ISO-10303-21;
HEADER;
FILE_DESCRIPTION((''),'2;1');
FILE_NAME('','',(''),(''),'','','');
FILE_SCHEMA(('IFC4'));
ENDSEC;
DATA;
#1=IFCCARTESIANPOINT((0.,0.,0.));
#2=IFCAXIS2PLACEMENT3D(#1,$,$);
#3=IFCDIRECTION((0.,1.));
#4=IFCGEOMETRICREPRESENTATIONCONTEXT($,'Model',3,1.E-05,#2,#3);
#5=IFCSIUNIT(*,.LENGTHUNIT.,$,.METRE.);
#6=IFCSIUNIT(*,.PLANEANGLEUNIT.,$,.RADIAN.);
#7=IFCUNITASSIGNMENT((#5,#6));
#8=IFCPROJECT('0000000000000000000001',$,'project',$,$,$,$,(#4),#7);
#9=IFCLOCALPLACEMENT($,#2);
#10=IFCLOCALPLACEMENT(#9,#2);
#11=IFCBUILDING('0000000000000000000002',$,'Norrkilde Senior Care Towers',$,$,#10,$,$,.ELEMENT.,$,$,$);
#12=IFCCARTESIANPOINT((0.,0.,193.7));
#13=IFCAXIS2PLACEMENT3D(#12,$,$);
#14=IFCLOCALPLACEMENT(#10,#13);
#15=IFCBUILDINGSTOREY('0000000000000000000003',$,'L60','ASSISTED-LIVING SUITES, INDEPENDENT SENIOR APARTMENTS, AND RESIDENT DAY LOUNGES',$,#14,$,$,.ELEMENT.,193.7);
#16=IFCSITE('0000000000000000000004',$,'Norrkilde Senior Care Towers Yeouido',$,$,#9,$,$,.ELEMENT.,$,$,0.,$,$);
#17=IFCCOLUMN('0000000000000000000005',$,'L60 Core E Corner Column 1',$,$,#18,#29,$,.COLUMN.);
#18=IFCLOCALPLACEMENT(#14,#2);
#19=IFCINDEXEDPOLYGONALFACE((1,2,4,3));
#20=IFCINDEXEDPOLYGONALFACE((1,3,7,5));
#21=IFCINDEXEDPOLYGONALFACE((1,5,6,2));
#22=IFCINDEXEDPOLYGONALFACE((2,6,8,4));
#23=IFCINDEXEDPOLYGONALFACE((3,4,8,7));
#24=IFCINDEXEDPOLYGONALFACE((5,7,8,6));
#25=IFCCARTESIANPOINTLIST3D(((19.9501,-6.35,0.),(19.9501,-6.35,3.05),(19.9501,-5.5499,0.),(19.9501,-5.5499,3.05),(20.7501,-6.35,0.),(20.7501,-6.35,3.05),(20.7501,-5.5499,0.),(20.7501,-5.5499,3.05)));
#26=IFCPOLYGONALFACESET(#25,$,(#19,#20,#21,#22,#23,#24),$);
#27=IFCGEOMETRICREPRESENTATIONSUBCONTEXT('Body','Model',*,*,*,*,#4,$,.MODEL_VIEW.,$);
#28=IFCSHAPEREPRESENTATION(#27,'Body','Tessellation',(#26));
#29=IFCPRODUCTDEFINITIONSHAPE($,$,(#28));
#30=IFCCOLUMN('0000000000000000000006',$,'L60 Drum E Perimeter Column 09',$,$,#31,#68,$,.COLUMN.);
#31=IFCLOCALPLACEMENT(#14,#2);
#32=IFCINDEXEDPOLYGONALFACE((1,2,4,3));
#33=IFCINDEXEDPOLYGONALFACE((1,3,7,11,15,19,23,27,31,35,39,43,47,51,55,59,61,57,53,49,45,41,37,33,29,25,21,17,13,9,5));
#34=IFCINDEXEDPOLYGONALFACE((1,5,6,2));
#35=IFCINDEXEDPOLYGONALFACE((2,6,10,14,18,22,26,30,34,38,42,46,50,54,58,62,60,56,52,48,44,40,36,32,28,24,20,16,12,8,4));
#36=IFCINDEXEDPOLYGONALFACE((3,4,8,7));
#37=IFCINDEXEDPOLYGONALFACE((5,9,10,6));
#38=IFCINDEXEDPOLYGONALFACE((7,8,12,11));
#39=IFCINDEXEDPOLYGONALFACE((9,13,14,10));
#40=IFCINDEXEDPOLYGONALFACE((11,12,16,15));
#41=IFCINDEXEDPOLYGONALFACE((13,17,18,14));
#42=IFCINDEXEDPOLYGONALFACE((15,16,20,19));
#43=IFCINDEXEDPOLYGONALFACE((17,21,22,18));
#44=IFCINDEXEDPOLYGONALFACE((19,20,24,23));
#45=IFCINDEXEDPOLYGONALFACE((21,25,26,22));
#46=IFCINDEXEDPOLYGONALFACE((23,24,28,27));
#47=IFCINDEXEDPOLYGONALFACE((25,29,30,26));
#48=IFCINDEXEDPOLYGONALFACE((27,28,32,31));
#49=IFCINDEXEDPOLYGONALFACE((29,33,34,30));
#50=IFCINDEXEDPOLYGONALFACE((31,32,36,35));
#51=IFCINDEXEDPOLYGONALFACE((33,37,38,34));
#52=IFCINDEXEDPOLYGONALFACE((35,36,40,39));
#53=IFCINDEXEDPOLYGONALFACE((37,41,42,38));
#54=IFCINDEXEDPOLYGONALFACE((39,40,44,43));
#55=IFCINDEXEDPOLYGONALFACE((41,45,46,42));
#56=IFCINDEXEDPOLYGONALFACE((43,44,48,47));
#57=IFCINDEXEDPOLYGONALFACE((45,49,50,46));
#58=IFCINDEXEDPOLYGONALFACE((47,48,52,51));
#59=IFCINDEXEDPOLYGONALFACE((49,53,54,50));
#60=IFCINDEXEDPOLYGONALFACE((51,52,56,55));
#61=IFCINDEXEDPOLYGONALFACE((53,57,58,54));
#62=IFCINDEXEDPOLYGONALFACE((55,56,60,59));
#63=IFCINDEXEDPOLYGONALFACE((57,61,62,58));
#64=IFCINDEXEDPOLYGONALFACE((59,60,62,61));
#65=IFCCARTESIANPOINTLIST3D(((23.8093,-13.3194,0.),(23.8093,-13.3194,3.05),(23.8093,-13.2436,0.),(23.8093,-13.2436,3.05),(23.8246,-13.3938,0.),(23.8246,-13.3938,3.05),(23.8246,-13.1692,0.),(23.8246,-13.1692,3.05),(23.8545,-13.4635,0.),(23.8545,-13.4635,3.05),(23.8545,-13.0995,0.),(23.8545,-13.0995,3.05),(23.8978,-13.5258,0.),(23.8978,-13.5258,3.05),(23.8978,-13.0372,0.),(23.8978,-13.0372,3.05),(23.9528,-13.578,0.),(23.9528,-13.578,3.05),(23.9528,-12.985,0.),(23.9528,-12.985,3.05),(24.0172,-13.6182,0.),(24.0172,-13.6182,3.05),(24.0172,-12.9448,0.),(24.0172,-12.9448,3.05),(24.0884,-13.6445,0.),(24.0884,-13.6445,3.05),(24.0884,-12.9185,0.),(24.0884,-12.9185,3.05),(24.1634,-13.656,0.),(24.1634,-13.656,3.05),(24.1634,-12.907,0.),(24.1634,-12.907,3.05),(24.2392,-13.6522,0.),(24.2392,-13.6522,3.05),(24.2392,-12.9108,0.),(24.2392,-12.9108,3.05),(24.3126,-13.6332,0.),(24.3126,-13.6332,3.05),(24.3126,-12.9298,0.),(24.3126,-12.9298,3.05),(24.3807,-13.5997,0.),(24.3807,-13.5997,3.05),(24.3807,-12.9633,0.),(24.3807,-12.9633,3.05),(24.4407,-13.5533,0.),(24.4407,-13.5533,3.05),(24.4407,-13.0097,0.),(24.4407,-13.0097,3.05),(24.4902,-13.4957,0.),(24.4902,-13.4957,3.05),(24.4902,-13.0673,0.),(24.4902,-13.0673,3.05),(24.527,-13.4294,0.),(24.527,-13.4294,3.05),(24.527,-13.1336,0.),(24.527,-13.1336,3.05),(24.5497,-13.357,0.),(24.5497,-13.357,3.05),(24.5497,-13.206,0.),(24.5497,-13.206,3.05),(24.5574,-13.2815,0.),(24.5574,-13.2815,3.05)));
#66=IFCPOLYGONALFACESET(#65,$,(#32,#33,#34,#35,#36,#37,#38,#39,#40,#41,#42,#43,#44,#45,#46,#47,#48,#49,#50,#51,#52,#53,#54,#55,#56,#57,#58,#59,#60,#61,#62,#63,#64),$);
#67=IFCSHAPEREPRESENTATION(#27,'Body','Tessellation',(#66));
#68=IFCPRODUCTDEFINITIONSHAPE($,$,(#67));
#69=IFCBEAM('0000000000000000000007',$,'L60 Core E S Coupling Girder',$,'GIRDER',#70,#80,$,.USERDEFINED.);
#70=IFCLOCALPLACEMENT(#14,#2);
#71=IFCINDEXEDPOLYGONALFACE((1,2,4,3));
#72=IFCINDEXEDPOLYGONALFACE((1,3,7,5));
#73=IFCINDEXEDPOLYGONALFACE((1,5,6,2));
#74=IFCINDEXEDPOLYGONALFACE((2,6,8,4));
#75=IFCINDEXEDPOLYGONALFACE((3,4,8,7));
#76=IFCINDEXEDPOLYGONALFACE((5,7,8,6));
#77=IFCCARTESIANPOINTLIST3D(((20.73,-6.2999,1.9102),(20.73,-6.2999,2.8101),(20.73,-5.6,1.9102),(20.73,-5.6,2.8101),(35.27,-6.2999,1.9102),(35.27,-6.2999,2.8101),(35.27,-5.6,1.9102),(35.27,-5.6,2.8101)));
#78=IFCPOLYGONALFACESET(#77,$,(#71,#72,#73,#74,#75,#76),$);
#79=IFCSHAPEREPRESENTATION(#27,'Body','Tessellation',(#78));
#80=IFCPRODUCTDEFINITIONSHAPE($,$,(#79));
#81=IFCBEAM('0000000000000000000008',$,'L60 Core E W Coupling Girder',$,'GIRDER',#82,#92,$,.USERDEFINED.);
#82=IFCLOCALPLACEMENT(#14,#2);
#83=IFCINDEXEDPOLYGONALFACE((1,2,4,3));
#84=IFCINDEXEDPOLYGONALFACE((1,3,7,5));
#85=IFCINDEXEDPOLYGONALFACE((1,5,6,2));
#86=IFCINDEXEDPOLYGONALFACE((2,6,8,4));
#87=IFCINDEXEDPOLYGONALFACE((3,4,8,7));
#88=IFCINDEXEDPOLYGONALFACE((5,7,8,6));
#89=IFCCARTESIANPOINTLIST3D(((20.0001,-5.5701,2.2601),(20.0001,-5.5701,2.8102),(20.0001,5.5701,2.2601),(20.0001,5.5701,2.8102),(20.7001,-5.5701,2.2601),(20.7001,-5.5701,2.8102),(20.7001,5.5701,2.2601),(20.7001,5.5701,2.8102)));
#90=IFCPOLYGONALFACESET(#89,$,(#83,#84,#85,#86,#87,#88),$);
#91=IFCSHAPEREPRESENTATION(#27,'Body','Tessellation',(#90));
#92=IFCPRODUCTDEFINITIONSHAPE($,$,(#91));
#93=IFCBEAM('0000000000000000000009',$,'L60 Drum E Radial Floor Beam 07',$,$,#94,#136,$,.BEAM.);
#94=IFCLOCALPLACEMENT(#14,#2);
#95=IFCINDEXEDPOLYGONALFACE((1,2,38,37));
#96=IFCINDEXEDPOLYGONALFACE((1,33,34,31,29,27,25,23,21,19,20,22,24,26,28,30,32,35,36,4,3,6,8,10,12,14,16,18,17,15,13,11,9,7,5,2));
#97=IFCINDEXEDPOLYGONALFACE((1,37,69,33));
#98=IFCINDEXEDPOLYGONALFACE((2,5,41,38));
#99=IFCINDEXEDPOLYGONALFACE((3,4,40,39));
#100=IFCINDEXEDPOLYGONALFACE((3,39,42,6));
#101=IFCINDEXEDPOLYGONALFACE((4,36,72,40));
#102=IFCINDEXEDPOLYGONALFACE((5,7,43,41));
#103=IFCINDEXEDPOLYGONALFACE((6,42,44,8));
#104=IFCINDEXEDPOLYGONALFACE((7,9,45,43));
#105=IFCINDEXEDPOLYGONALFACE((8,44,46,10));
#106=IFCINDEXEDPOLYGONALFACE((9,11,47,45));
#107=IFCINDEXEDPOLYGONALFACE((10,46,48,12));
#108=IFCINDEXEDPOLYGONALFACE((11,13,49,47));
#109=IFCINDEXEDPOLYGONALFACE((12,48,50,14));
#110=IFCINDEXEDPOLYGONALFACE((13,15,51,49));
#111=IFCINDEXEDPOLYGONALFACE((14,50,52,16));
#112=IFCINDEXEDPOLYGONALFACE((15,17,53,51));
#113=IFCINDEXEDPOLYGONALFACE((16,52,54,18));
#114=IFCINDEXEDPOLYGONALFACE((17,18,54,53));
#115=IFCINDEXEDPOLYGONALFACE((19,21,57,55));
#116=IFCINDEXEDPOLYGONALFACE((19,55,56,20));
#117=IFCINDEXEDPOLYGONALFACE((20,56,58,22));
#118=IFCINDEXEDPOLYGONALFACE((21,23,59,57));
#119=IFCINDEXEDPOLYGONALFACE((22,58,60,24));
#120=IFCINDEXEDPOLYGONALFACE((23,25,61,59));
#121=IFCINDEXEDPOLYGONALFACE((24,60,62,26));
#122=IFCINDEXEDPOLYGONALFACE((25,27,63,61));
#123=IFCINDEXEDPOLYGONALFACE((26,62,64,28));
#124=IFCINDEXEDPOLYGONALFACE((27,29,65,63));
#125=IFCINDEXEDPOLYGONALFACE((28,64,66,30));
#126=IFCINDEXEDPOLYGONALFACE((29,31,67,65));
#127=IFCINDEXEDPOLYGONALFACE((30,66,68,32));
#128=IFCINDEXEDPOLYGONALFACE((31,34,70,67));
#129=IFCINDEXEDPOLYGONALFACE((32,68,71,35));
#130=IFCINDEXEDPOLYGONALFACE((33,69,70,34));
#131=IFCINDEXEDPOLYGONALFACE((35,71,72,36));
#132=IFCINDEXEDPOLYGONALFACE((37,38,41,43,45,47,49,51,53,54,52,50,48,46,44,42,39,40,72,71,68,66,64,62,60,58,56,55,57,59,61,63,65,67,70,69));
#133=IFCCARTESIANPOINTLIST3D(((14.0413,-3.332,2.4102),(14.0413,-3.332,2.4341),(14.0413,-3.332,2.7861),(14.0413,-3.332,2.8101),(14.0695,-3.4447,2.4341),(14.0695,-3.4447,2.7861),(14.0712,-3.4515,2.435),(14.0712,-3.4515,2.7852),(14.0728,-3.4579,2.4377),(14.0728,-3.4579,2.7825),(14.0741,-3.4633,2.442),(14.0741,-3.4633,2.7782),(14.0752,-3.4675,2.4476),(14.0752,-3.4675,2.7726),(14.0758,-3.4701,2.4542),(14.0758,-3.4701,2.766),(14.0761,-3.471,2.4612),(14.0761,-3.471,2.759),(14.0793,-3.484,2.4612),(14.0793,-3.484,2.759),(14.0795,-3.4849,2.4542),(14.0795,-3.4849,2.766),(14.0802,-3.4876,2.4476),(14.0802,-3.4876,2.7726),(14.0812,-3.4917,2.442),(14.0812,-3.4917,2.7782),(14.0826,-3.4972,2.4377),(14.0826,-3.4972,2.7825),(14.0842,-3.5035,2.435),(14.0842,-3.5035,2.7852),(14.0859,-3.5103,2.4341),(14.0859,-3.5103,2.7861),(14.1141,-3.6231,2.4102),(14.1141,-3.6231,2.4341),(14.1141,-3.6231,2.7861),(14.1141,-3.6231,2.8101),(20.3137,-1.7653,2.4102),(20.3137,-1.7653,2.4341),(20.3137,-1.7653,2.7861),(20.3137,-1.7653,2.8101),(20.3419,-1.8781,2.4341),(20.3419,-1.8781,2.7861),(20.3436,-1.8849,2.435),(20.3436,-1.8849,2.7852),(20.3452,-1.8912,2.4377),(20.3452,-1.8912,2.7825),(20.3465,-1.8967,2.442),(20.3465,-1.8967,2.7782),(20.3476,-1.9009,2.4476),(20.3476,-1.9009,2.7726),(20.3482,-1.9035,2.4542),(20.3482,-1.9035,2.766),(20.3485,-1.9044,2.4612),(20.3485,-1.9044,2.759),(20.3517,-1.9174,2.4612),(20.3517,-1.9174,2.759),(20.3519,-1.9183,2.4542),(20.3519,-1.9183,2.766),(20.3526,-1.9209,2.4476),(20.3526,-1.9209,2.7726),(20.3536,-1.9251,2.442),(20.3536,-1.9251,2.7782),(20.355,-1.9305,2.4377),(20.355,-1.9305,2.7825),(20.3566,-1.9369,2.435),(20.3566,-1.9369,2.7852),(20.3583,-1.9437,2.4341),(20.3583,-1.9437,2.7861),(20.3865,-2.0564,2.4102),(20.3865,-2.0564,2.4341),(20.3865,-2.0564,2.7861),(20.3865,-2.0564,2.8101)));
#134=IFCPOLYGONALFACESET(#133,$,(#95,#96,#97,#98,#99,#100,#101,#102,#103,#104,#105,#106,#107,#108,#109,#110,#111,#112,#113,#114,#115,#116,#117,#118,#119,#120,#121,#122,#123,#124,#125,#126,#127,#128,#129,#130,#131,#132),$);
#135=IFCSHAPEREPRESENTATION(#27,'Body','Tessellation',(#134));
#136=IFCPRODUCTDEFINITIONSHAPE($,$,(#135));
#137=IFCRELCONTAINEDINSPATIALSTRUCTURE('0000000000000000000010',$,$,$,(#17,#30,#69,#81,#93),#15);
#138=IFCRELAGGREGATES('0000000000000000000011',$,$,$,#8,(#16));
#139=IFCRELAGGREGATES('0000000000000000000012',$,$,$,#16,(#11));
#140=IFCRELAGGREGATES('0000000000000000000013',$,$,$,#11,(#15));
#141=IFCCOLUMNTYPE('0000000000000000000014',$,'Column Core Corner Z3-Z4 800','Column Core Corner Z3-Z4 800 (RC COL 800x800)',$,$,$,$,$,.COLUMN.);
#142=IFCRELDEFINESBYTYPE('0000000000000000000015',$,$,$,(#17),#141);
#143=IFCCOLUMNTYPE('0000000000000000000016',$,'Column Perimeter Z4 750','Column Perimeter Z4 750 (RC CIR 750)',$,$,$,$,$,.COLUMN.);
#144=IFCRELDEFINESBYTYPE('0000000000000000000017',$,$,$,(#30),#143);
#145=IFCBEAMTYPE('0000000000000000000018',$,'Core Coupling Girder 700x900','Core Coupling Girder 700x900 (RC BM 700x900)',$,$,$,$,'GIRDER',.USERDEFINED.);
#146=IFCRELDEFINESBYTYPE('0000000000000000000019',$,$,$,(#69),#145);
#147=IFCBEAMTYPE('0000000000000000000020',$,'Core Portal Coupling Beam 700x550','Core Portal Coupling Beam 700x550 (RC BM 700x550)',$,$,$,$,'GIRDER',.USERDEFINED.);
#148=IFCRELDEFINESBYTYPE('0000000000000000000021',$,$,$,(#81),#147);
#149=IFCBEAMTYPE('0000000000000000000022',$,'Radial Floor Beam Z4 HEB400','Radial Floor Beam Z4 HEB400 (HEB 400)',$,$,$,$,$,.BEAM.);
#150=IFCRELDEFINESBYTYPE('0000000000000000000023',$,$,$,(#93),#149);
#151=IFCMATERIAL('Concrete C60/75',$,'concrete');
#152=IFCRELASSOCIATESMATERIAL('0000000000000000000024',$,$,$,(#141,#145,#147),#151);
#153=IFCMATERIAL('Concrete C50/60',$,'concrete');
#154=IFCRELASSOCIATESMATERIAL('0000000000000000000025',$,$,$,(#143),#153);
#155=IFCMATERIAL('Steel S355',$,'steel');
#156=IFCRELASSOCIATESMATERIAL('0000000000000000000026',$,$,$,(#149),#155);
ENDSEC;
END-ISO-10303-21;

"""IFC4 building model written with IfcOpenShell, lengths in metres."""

from ifc_helpers import new_model, si_unit, direction, frame, origin, origin_2d, place, context, subcontext, project, spatial, rectangle, circle, i_section, extrude, source, transform, mapped, material, material_profile, profile_set, type_object, type_shapes, element, save


model = new_model("IFC4")

# Units and contexts
model_context = context("Model", 3, precision=1e-05, world=origin(), true_north=direction((0.0, 1.0)))
body_context = subcontext(model_context, "Body", "Model", "MODEL_VIEW")
ifc_project = project(units=[si_unit("LENGTHUNIT", "METRE"), si_unit("PLANEANGLEUNIT", "RADIAN")], contexts=[model_context])

# Site, building, storey
site_placement = place(None, origin())
site = spatial("IfcSite", under=ifc_project, at=site_placement, Name="Norrkilde Senior Care Towers Yeouido", CompositionType="ELEMENT", RefElevation=0.0)
building_placement = place(site_placement, origin())
building = spatial("IfcBuilding", under=site, at=building_placement, Name="Norrkilde Senior Care Towers", CompositionType="ELEMENT")
storey_placement = place(building_placement, frame((0.0, 0.0, 193.7)))
storey = spatial("IfcBuildingStorey", under=building, at=storey_placement, Name="L60", Description="ASSISTED-LIVING SUITES, INDEPENDENT SENIOR APARTMENTS, AND RESIDENT DAY LOUNGES", CompositionType="ELEMENT", Elevation=193.7)

# Columns
ifc_material_1 = material(Name="Concrete C60/75", Category="concrete")
ifc_material_profile_1 = material_profile(ifc_material_1, rectangle(XDim=0.8, YDim=0.8, at=origin_2d()), Name="RC COL 800x800")
ifc_profile_set_1 = profile_set([ifc_material_profile_1], Name="Concrete C60/75")
column_type_1 = type_object("IfcColumnType", Name="Column Core Corner Z3-Z4 800", Description="Column Core Corner Z3-Z4 800 (RC COL 800x800)", PredefinedType="COLUMN", material=ifc_profile_set_1)
shared_shape_1 = source(origin(), body_context, "Body", "SweptSolid", [
    extrude(rectangle(XDim=0.8, YDim=0.8, at=origin_2d()), origin(), (0.0, 0.0, 1.0), 3.05),
])
type_shapes(column_type_1, [shared_shape_1])
column_1_placement = place(storey_placement, frame((20.3501, -5.95, 0.0), z_axis=(0.0, 0.0, 1.0), x_axis=(1.0, 0.0, 0.0)))
element("IfcColumn", 1, at=column_1_placement, inside=storey, type_object=column_type_1, Name="L60 Core E Corner Column 1", PredefinedType="COLUMN", context=body_context, shape_type="MappedRepresentation", body=[
    mapped(shared_shape_1, transform((0.0, 0.0, 0.0), x_axis=(1.0, 0.0, 0.0), y_axis=(0.0, 1.0, 0.0), z_axis=(0.0, 0.0, 1.0), scale=1.0)),
])
ifc_material_2 = material(Name="Concrete C50/60", Category="concrete")
ifc_material_profile_2 = material_profile(ifc_material_2, circle(Radius=0.375, at=origin_2d()), Name="RC CIR 750")
ifc_profile_set_2 = profile_set([ifc_material_profile_2], Name="Concrete C50/60")
column_type_2 = type_object("IfcColumnType", Name="Column Perimeter Z4 750", Description="Column Perimeter Z4 750 (RC CIR 750)", PredefinedType="COLUMN", material=ifc_profile_set_2)
shared_shape_2 = source(origin(), body_context, "Body", "SweptSolid", [
    extrude(circle(Radius=0.375, at=origin_2d()), origin(), (0.0, 0.0, 1.0), 3.05),
])
type_shapes(column_type_2, [shared_shape_2])
column_2_placement = place(storey_placement, frame((24.1824, -13.2815, 0.0), z_axis=(0.0, 0.0, 1.0), x_axis=(1.0, 0.0, 0.0)))
element("IfcColumn", 2, at=column_2_placement, inside=storey, type_object=column_type_2, Name="L60 Drum E Perimeter Column 09", PredefinedType="COLUMN", context=body_context, shape_type="MappedRepresentation", body=[
    mapped(shared_shape_2, transform((0.0, 0.0, 0.0), x_axis=(1.0, 0.0, 0.0), y_axis=(0.0, 1.0, 0.0), z_axis=(0.0, 0.0, 1.0), scale=1.0)),
])

# Beams
ifc_material_profile_3 = material_profile(ifc_material_1, rectangle(XDim=0.7, YDim=0.8999, at=origin_2d()), Name="RC BM 700x900")
ifc_profile_set_3 = profile_set([ifc_material_profile_3], Name="Concrete C60/75")
beam_type_1 = type_object("IfcBeamType", Name="Core Coupling Girder 700x900", Description="Core Coupling Girder 700x900 (RC BM 700x900)", ElementType="GIRDER", PredefinedType="USERDEFINED", material=ifc_profile_set_3)
shared_shape_3 = source(origin(), body_context, "Body", "SweptSolid", [
    extrude(rectangle(XDim=0.7, YDim=0.8999, at=origin_2d()), origin(), (0.0, 0.0, 1.0), 14.54),
])
type_shapes(beam_type_1, [shared_shape_3])
beam_1_placement = place(storey_placement, frame((20.73, -5.95, 2.3601), z_axis=(1.0, 0.0, 0.0), x_axis=(0.0, 1.0, 0.0)))
element("IfcBeam", 3, at=beam_1_placement, inside=storey, type_object=beam_type_1, Name="L60 Core E S Coupling Girder", ObjectType="GIRDER", PredefinedType="USERDEFINED", context=body_context, shape_type="MappedRepresentation", body=[
    mapped(shared_shape_3, transform((0.0, 0.0, 0.0), x_axis=(1.0, 0.0, 0.0), y_axis=(0.0, 1.0, 0.0), z_axis=(0.0, 0.0, 1.0), scale=1.0)),
])
ifc_material_profile_4 = material_profile(ifc_material_1, rectangle(XDim=0.7, YDim=0.55, at=origin_2d()), Name="RC BM 700x550")
ifc_profile_set_4 = profile_set([ifc_material_profile_4], Name="Concrete C60/75")
beam_type_2 = type_object("IfcBeamType", Name="Core Portal Coupling Beam 700x550", Description="Core Portal Coupling Beam 700x550 (RC BM 700x550)", ElementType="GIRDER", PredefinedType="USERDEFINED", material=ifc_profile_set_4)
shared_shape_4 = source(origin(), body_context, "Body", "SweptSolid", [
    extrude(rectangle(XDim=0.7, YDim=0.55, at=origin_2d()), origin(), (0.0, 0.0, 1.0), 11.1401),
])
type_shapes(beam_type_2, [shared_shape_4])
beam_2_placement = place(storey_placement, frame((20.3501, -5.5701, 2.5352), z_axis=(0.0, 1.0, 0.0), x_axis=(-1.0, 0.0, 0.0)))
element("IfcBeam", 4, at=beam_2_placement, inside=storey, type_object=beam_type_2, Name="L60 Core E W Coupling Girder", ObjectType="GIRDER", PredefinedType="USERDEFINED", context=body_context, shape_type="MappedRepresentation", body=[
    mapped(shared_shape_4, transform((0.0, 0.0, 0.0), x_axis=(1.0, 0.0, 0.0), y_axis=(0.0, 1.0, 0.0), z_axis=(0.0, 0.0, 1.0), scale=1.0)),
])
ifc_material_3 = material(Name="Steel S355", Category="steel")
ifc_material_profile_5 = material_profile(ifc_material_3, i_section(OverallWidth=0.3, OverallDepth=0.3999, WebThickness=0.0134, FlangeThickness=0.0239, FilletRadius=0.0271, at=origin_2d()), Name="HEB 400")
ifc_profile_set_5 = profile_set([ifc_material_profile_5], Name="Steel S355")
beam_type_3 = type_object("IfcBeamType", Name="Radial Floor Beam Z4 HEB400", Description="Radial Floor Beam Z4 HEB400 (HEB 400)", PredefinedType="BEAM", material=ifc_profile_set_5)
shared_shape_5 = source(origin(), body_context, "Body", "SweptSolid", [
    extrude(i_section(OverallWidth=0.3, OverallDepth=0.3999, WebThickness=0.0134, FlangeThickness=0.0239, FilletRadius=0.0271, at=origin_2d()), origin(), (0.0, 0.0, 1.0), 6.4651),
])
beam_3_placement = place(storey_placement, frame((20.3501, -1.9109, 2.6101), z_axis=(-0.970196, -0.242322, 0.0), x_axis=(0.242322, -0.970196, 0.0)))
element("IfcBeam", 5, at=beam_3_placement, inside=storey, type_object=beam_type_3, Name="L60 Drum E Radial Floor Beam 07", PredefinedType="BEAM", context=body_context, shape_type="MappedRepresentation", body=[
    mapped(shared_shape_5, transform((0.0, 0.0, 0.0), x_axis=(1.0, 0.0, 0.0), y_axis=(0.0, 1.0, 0.0), z_axis=(0.0, 0.0, 1.0), scale=1.0)),
])

save(model, "model.ifc")
